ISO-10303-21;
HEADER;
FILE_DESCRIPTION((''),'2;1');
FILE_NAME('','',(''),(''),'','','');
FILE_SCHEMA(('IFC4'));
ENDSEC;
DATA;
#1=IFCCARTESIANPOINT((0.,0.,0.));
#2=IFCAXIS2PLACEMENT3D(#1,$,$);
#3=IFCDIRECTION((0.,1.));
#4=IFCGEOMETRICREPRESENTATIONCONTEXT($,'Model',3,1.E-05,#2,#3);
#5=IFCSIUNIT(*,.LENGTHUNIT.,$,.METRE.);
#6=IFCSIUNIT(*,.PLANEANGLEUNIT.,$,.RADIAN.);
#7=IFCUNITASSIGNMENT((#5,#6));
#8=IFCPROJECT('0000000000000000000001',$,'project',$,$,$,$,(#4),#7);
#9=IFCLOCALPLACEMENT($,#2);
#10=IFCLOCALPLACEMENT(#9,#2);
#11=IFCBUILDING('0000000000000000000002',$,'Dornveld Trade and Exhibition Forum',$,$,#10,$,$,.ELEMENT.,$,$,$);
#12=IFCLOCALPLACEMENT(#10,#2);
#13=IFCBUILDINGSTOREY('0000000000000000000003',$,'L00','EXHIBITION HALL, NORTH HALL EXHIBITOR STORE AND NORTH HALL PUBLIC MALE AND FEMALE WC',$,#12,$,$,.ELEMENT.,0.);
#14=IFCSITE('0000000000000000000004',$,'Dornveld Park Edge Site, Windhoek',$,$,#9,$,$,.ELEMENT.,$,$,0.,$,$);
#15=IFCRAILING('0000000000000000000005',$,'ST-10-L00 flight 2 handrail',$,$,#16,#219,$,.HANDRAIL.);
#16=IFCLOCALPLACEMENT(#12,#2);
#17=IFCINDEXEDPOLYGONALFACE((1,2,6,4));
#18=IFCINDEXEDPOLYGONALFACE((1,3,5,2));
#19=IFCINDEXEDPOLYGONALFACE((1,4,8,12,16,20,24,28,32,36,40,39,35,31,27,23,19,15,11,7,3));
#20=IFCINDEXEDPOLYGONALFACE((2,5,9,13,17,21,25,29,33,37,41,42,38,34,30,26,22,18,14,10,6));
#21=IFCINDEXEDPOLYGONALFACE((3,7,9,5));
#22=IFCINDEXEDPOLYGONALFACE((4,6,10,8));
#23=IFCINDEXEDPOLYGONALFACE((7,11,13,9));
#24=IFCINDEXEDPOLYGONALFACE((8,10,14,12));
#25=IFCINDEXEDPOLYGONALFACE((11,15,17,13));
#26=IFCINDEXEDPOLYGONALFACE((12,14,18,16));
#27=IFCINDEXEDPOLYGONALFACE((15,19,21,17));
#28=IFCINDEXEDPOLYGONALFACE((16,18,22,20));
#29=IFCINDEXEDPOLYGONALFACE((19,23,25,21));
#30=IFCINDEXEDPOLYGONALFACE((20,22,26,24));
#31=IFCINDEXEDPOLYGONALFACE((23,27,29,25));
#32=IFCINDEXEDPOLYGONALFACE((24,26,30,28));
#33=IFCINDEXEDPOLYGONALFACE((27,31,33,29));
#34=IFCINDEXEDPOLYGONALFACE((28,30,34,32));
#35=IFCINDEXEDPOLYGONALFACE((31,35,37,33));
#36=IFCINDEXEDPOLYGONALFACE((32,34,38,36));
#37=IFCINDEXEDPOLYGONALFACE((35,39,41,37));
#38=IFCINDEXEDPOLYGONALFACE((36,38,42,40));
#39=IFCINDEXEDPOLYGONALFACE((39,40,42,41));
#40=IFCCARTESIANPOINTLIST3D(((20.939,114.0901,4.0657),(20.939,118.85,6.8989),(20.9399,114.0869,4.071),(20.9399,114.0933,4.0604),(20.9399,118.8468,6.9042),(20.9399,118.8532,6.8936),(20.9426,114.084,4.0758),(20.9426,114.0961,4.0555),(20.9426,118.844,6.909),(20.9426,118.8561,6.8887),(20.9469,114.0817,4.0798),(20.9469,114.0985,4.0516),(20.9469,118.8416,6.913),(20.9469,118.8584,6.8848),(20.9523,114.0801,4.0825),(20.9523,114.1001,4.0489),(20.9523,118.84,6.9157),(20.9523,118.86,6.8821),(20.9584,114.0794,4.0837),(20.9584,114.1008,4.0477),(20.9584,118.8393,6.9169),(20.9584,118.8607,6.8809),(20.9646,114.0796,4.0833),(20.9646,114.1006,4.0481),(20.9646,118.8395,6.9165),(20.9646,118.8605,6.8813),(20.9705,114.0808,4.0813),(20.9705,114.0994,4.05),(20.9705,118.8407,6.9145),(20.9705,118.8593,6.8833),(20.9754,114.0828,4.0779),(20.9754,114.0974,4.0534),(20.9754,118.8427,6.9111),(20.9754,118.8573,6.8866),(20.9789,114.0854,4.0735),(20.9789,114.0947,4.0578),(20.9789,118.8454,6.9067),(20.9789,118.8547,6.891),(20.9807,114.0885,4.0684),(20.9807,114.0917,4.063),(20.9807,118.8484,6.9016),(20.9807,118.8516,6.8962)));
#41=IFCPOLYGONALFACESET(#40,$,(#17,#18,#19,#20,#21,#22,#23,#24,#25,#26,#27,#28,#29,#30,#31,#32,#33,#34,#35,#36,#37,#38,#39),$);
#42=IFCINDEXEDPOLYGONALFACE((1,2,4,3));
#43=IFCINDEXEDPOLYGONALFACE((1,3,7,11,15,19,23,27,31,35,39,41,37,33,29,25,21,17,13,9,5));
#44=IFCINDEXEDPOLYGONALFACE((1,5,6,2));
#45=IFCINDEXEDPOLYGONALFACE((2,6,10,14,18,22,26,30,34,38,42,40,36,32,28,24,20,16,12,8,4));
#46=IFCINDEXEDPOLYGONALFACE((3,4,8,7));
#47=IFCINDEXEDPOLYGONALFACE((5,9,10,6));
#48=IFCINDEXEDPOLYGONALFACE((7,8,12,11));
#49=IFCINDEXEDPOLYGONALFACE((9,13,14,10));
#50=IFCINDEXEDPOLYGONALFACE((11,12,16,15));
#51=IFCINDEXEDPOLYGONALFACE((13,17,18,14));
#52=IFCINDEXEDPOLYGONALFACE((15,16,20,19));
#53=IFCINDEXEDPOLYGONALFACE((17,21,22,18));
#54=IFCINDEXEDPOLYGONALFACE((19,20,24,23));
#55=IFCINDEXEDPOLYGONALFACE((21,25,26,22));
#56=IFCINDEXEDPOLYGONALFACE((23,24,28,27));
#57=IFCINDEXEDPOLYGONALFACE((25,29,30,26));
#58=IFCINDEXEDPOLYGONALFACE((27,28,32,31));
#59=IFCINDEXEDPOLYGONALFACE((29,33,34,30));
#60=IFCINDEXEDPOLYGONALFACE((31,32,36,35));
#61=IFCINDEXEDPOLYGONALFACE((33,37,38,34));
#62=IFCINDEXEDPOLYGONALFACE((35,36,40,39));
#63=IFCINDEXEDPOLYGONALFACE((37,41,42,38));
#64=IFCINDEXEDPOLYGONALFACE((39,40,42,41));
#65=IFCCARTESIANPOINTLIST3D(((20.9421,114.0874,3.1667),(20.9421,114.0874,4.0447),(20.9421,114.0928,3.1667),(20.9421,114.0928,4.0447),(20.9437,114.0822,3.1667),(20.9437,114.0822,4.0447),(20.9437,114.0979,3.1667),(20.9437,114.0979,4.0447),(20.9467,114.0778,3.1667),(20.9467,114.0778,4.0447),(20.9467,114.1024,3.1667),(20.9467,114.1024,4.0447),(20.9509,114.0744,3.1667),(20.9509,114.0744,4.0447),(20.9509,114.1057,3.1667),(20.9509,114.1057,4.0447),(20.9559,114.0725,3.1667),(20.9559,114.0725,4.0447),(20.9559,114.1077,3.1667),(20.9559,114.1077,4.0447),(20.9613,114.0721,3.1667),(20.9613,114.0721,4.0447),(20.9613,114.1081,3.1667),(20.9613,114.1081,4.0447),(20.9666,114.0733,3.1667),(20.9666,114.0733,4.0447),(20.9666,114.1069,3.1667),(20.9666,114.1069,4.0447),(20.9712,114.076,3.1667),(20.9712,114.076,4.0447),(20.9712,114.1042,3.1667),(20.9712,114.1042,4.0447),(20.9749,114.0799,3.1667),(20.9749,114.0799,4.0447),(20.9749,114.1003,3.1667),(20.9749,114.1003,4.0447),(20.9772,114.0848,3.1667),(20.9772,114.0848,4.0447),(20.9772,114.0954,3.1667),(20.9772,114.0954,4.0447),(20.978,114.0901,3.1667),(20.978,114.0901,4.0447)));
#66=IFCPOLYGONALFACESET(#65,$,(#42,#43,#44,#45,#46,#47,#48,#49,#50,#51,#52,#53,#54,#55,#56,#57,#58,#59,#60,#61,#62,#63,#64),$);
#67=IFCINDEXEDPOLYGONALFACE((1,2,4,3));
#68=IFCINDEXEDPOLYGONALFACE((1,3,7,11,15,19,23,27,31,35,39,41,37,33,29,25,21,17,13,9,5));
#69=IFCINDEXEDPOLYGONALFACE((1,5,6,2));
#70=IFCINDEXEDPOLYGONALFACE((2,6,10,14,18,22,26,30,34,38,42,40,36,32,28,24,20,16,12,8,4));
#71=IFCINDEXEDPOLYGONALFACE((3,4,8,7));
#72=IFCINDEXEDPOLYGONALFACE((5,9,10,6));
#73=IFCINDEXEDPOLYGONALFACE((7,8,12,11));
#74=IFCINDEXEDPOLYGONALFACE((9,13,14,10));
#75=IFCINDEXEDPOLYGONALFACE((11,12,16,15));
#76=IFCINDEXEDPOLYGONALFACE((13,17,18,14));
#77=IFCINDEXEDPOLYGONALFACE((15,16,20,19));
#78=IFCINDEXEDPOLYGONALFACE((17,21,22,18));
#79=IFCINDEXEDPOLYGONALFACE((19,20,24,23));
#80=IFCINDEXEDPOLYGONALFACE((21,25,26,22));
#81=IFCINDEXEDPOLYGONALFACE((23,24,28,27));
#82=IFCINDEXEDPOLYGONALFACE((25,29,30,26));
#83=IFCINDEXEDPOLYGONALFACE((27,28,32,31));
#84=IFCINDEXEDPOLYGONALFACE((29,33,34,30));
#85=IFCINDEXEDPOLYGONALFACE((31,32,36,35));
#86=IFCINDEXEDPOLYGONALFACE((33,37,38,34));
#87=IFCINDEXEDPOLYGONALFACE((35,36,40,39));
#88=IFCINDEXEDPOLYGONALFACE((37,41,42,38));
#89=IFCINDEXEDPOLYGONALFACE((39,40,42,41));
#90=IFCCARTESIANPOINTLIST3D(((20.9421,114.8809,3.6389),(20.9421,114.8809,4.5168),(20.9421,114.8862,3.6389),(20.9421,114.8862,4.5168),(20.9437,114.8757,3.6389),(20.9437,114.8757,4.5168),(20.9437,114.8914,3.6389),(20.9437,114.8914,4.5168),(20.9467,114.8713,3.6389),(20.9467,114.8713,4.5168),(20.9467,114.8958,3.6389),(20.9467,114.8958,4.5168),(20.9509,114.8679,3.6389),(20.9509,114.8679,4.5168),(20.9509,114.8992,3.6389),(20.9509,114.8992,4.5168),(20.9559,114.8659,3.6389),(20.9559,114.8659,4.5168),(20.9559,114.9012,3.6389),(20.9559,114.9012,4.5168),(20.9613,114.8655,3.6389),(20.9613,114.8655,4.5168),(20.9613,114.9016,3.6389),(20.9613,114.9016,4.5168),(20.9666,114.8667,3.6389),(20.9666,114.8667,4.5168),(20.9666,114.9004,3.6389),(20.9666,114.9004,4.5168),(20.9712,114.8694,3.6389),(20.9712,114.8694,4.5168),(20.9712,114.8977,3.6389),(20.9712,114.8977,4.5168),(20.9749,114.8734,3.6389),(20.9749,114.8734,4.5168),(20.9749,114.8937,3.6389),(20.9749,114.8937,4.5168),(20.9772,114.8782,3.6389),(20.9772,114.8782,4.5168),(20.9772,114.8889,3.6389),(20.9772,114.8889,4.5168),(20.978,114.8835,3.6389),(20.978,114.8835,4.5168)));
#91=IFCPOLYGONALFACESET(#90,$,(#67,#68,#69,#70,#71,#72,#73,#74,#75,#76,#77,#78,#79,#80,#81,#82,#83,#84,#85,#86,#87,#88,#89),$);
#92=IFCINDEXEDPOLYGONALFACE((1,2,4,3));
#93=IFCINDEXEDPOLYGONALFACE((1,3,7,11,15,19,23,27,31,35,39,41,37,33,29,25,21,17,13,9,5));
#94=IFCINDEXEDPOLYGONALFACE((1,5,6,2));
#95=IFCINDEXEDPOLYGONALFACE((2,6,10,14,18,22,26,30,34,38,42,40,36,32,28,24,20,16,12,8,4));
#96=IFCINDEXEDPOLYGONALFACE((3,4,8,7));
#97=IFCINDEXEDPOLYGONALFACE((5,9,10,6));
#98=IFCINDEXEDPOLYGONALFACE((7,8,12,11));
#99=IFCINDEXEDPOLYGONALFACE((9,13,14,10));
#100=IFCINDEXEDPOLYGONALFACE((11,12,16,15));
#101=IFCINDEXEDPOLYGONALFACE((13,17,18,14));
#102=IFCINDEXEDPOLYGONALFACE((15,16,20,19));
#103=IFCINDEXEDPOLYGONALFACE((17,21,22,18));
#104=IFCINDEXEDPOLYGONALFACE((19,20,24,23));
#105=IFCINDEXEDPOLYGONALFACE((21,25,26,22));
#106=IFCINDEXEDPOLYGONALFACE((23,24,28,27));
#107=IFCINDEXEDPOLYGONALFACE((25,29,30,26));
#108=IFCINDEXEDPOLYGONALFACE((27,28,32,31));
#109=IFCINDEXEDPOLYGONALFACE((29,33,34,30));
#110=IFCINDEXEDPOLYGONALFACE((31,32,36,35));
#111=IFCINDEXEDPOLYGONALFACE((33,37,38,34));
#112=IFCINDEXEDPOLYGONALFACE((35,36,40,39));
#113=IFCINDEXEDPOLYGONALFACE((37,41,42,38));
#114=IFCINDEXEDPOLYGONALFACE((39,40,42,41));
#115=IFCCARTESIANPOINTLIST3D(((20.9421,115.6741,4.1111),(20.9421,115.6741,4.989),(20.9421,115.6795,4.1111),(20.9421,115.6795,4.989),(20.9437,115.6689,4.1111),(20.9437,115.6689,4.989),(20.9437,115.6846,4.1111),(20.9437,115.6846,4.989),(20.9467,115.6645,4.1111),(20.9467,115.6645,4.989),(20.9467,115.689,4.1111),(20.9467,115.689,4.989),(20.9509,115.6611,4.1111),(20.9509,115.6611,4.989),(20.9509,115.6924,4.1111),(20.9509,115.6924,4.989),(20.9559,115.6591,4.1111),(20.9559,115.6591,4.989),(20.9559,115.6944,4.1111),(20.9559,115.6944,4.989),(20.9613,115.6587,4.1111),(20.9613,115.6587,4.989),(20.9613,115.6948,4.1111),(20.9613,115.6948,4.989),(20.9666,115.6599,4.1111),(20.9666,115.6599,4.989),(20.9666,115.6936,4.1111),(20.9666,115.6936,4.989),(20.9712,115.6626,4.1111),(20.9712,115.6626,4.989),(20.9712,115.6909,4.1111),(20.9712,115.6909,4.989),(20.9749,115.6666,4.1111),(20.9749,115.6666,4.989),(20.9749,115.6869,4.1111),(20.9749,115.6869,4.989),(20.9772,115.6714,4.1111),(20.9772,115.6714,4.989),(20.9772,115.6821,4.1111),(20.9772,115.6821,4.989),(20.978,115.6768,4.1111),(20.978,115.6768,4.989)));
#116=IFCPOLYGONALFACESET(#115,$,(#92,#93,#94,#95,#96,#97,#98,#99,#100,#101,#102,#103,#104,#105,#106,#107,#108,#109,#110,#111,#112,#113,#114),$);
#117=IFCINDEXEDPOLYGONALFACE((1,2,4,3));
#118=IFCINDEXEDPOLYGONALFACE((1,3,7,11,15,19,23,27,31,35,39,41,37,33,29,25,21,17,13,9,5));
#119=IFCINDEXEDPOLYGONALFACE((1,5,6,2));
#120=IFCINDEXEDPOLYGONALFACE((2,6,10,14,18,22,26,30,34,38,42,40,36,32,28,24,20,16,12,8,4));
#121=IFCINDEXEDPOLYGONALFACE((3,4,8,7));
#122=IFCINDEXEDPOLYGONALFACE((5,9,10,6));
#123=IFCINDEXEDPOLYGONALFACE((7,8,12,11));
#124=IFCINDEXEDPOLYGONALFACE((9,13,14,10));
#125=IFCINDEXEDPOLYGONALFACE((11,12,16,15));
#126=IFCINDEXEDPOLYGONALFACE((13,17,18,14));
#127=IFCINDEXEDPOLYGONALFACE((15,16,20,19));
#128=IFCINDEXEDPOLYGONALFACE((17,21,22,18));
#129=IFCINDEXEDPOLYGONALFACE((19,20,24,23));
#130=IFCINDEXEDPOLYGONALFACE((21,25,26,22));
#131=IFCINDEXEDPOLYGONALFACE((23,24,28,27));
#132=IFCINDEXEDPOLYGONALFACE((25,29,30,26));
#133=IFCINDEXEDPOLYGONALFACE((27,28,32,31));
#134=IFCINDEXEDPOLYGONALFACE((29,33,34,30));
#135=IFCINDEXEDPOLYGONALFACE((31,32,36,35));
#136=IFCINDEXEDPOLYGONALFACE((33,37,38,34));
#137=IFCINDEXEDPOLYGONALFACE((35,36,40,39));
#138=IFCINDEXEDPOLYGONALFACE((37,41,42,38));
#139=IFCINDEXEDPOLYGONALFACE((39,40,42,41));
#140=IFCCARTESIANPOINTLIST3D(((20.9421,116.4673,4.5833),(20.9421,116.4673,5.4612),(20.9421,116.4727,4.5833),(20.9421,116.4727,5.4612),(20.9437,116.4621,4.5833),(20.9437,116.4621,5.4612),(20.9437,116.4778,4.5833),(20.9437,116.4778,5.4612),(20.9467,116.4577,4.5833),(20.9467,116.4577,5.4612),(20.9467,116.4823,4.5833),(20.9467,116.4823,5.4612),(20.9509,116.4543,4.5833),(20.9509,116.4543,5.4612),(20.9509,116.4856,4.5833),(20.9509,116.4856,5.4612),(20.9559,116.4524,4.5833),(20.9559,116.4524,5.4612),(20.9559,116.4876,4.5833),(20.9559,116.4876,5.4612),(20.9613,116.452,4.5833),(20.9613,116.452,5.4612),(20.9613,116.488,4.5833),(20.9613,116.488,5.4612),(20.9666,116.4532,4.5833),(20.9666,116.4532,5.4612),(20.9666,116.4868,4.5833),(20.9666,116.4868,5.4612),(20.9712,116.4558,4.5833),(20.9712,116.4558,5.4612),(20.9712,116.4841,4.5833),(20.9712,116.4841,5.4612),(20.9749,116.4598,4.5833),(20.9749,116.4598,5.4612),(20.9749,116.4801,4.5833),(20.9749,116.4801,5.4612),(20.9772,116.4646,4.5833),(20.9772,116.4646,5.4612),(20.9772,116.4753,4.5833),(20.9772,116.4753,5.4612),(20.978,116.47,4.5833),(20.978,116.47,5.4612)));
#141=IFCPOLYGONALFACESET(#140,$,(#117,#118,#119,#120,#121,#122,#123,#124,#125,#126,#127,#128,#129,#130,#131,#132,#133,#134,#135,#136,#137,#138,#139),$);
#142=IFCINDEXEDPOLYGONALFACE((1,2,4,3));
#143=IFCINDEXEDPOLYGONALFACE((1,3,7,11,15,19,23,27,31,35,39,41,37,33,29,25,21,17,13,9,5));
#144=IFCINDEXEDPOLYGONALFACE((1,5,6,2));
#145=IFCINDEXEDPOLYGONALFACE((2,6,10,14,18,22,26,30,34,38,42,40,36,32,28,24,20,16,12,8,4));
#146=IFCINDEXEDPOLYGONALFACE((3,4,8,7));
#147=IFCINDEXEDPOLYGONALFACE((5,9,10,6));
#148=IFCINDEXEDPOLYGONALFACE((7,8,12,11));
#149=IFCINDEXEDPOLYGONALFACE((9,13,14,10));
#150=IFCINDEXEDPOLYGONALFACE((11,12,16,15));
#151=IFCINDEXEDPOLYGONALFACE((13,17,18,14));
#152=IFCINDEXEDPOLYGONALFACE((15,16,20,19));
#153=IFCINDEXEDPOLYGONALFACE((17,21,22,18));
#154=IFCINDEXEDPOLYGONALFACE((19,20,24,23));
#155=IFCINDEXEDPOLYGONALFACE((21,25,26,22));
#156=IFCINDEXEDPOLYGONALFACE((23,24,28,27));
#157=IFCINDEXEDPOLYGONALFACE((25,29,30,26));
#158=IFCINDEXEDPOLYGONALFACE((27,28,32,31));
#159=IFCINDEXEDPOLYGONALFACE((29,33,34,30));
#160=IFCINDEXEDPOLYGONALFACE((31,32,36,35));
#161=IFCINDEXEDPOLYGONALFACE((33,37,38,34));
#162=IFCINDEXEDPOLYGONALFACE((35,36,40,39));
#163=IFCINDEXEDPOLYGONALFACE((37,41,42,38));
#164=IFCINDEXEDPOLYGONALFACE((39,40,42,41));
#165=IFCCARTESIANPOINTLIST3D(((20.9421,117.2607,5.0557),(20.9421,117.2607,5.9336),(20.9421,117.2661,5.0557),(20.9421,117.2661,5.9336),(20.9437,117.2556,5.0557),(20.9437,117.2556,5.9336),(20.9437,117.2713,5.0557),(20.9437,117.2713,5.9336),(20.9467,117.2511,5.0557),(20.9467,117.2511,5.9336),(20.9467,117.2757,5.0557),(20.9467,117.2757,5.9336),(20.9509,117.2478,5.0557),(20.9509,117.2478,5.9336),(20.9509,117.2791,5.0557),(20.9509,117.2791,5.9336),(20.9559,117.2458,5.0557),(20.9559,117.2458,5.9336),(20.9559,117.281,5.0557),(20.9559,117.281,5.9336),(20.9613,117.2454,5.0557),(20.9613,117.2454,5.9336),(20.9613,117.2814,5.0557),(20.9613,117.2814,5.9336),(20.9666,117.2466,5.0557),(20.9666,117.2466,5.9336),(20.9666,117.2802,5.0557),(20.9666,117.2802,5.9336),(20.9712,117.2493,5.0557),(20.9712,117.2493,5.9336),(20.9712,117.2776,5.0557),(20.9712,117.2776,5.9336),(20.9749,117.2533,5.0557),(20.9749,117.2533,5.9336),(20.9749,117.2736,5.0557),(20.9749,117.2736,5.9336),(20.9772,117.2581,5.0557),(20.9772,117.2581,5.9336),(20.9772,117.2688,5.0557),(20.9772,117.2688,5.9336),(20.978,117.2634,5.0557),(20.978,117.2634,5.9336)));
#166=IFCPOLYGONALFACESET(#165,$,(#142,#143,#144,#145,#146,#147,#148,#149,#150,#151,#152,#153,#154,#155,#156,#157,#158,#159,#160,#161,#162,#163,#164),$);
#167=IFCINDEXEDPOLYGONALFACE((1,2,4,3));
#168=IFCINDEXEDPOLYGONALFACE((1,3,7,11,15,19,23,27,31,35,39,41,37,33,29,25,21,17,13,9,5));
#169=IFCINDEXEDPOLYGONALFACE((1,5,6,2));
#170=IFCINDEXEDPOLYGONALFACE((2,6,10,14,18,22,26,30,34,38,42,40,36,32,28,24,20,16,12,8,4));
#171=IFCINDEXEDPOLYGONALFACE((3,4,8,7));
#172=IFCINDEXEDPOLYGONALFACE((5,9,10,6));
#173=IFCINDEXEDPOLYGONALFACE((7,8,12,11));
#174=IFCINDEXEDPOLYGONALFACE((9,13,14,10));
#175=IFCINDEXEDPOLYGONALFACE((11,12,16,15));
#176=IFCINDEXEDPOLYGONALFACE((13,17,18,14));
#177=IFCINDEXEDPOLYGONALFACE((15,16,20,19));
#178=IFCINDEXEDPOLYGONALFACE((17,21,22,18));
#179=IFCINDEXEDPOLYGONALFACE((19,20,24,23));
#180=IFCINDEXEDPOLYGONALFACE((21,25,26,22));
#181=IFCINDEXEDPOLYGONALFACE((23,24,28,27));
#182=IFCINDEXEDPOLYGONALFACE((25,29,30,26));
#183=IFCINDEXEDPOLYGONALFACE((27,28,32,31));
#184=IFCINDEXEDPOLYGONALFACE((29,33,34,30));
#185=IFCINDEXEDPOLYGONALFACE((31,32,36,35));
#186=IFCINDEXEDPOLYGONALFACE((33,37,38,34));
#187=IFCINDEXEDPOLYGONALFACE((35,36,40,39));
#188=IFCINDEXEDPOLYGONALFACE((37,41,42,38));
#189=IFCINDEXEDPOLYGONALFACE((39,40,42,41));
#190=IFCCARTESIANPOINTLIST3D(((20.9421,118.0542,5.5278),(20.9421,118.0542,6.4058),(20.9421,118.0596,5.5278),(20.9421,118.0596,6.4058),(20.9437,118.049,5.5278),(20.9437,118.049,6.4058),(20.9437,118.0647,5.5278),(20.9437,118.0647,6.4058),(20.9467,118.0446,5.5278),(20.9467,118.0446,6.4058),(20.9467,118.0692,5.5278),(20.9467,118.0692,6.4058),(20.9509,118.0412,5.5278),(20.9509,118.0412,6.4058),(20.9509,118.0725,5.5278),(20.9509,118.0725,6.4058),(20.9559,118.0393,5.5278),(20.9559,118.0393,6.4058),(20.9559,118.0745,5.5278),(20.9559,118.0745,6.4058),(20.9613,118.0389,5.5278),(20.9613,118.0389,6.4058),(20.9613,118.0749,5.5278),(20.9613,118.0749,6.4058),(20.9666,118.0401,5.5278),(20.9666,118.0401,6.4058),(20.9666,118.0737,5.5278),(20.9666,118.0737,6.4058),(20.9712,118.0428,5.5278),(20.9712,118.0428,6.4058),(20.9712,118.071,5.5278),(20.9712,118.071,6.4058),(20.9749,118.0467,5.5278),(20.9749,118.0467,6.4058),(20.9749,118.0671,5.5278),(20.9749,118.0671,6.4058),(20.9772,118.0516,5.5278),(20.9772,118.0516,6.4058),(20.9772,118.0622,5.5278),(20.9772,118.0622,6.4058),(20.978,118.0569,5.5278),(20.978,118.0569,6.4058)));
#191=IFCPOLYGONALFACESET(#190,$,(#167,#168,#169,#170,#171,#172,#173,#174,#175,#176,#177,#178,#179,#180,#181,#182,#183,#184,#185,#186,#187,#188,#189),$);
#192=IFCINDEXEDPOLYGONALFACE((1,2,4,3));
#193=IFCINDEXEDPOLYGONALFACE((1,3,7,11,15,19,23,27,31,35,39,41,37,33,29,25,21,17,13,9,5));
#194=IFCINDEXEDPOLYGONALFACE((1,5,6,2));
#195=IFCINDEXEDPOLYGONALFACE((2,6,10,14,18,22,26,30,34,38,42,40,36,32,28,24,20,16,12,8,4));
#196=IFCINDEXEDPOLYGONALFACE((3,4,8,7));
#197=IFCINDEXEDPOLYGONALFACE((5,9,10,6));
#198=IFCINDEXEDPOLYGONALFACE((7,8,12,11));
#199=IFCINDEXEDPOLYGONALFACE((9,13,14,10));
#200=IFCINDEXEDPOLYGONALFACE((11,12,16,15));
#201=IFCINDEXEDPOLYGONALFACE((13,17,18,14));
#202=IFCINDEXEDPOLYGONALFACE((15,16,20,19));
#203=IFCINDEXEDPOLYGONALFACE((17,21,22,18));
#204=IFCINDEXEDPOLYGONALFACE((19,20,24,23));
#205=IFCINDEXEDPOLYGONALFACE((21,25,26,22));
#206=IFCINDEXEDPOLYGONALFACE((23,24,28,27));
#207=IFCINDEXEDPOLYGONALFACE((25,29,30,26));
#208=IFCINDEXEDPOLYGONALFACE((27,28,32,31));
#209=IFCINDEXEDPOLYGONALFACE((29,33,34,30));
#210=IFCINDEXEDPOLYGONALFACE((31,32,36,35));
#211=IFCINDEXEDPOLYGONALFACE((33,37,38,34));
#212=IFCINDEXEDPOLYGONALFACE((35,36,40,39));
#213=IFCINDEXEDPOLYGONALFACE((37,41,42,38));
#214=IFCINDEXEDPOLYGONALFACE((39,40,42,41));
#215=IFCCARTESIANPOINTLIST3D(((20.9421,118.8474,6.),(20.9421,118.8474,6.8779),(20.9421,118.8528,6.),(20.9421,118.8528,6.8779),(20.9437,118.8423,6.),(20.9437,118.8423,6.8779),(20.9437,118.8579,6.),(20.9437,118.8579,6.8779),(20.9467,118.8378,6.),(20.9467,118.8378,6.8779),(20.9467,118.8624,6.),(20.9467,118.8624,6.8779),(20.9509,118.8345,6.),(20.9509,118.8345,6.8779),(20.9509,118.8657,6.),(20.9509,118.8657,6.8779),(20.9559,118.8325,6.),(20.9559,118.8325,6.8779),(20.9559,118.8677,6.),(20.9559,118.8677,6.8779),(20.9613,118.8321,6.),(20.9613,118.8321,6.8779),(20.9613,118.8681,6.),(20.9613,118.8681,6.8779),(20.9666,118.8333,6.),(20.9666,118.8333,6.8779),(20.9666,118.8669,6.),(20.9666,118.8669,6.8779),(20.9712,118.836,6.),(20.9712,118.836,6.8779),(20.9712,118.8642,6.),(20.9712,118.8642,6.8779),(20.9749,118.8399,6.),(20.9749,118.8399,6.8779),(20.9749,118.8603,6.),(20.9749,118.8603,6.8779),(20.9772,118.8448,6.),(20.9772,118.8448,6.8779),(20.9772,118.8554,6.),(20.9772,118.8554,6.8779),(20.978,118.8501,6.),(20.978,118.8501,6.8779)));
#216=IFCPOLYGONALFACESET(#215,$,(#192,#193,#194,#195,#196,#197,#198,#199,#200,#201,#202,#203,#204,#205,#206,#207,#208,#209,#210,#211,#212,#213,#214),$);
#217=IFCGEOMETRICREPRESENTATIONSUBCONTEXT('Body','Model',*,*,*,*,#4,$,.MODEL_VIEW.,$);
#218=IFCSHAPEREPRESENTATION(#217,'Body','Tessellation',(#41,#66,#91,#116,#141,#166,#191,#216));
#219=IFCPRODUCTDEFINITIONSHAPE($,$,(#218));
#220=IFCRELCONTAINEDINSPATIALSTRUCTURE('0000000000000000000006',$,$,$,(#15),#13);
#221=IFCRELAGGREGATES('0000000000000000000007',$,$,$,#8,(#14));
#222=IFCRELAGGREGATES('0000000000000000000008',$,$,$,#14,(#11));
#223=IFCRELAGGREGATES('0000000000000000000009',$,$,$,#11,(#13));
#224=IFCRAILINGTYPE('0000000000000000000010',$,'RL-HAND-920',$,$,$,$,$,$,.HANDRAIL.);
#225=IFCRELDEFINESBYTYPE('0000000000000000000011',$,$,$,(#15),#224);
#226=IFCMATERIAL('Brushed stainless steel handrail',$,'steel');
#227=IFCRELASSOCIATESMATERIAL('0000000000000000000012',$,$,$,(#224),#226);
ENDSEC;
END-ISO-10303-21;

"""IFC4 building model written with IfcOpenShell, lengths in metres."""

from ifc_helpers import new_model, si_unit, direction, frame, origin, origin_2d, place, context, subcontext, project, spatial, circle, extrude, material, type_object, element, save


model = new_model("IFC4")

# Units and contexts
model_context = context("Model", 3, precision=1e-05, world=origin(), true_north=direction((0.0, 1.0)))
body_context = subcontext(model_context, "Body", "Model", "MODEL_VIEW")
ifc_project = project(units=[si_unit("LENGTHUNIT", "METRE"), si_unit("PLANEANGLEUNIT", "RADIAN")], contexts=[model_context])

# Site, building, storey
site_placement = place(None, origin())
site = spatial("IfcSite", under=ifc_project, at=site_placement, Name="Dornveld Park Edge Site, Windhoek", CompositionType="ELEMENT", RefElevation=0.0)
building_placement = place(site_placement, origin())
building = spatial("IfcBuilding", under=site, at=building_placement, Name="Dornveld Trade and Exhibition Forum", CompositionType="ELEMENT")
storey_placement = place(building_placement, origin())
storey = spatial("IfcBuildingStorey", under=building, at=storey_placement, Name="L00", Description="EXHIBITION HALL, NORTH HALL EXHIBITOR STORE AND NORTH HALL PUBLIC MALE AND FEMALE WC", CompositionType="ELEMENT", Elevation=0.0)

# Railing
ifc_material_1 = material(Name="Brushed stainless steel handrail", Category="steel")
railing_type_1 = type_object("IfcRailingType", Name="RL-HAND-920", PredefinedType="HANDRAIL", material=ifc_material_1)
railing_1_placement = place(storey_placement, frame((20.96, 114.0901, 3.1667)))
element("IfcRailing", 1, at=railing_1_placement, inside=storey, type_object=railing_type_1, Name="ST-10-L00 flight 2 handrail", PredefinedType="HANDRAIL", context=body_context, shape_type="SweptSolid", body=[
    extrude(circle(Radius=0.021, at=origin_2d()), frame((0.0, 0.0, 0.8989), z_axis=(0.0, 0.8593, 0.511472), x_axis=(-1.0, 0.0, 0.0)), (0.0, 0.0, 1.0), 5.5393),
    extrude(circle(Radius=0.0181, at=origin_2d()), origin(), (0.0, 0.0, 1.0), 0.8779),
    extrude(circle(Radius=0.0181, at=origin_2d()), frame((0.0, 0.7935, 0.4722)), (0.0, 0.0, 1.0), 0.8779),
    extrude(circle(Radius=0.0181, at=origin_2d()), frame((0.0, 1.5867, 0.9443)), (0.0, 0.0, 1.0), 0.8779),
    extrude(circle(Radius=0.0181, at=origin_2d()), frame((0.0, 2.3799, 1.4165)), (0.0, 0.0, 1.0), 0.8779),
    extrude(circle(Radius=0.0181, at=origin_2d()), frame((0.0, 3.1733, 1.8889)), (0.0, 0.0, 1.0), 0.8779),
    extrude(circle(Radius=0.0181, at=origin_2d()), frame((0.0, 3.9668, 2.3611)), (0.0, 0.0, 1.0), 0.8779),
    extrude(circle(Radius=0.0181, at=origin_2d()), frame((0.0, 4.76, 2.8333)), (0.0, 0.0, 1.0), 0.8779),
])

save(model, "model.ifc")
